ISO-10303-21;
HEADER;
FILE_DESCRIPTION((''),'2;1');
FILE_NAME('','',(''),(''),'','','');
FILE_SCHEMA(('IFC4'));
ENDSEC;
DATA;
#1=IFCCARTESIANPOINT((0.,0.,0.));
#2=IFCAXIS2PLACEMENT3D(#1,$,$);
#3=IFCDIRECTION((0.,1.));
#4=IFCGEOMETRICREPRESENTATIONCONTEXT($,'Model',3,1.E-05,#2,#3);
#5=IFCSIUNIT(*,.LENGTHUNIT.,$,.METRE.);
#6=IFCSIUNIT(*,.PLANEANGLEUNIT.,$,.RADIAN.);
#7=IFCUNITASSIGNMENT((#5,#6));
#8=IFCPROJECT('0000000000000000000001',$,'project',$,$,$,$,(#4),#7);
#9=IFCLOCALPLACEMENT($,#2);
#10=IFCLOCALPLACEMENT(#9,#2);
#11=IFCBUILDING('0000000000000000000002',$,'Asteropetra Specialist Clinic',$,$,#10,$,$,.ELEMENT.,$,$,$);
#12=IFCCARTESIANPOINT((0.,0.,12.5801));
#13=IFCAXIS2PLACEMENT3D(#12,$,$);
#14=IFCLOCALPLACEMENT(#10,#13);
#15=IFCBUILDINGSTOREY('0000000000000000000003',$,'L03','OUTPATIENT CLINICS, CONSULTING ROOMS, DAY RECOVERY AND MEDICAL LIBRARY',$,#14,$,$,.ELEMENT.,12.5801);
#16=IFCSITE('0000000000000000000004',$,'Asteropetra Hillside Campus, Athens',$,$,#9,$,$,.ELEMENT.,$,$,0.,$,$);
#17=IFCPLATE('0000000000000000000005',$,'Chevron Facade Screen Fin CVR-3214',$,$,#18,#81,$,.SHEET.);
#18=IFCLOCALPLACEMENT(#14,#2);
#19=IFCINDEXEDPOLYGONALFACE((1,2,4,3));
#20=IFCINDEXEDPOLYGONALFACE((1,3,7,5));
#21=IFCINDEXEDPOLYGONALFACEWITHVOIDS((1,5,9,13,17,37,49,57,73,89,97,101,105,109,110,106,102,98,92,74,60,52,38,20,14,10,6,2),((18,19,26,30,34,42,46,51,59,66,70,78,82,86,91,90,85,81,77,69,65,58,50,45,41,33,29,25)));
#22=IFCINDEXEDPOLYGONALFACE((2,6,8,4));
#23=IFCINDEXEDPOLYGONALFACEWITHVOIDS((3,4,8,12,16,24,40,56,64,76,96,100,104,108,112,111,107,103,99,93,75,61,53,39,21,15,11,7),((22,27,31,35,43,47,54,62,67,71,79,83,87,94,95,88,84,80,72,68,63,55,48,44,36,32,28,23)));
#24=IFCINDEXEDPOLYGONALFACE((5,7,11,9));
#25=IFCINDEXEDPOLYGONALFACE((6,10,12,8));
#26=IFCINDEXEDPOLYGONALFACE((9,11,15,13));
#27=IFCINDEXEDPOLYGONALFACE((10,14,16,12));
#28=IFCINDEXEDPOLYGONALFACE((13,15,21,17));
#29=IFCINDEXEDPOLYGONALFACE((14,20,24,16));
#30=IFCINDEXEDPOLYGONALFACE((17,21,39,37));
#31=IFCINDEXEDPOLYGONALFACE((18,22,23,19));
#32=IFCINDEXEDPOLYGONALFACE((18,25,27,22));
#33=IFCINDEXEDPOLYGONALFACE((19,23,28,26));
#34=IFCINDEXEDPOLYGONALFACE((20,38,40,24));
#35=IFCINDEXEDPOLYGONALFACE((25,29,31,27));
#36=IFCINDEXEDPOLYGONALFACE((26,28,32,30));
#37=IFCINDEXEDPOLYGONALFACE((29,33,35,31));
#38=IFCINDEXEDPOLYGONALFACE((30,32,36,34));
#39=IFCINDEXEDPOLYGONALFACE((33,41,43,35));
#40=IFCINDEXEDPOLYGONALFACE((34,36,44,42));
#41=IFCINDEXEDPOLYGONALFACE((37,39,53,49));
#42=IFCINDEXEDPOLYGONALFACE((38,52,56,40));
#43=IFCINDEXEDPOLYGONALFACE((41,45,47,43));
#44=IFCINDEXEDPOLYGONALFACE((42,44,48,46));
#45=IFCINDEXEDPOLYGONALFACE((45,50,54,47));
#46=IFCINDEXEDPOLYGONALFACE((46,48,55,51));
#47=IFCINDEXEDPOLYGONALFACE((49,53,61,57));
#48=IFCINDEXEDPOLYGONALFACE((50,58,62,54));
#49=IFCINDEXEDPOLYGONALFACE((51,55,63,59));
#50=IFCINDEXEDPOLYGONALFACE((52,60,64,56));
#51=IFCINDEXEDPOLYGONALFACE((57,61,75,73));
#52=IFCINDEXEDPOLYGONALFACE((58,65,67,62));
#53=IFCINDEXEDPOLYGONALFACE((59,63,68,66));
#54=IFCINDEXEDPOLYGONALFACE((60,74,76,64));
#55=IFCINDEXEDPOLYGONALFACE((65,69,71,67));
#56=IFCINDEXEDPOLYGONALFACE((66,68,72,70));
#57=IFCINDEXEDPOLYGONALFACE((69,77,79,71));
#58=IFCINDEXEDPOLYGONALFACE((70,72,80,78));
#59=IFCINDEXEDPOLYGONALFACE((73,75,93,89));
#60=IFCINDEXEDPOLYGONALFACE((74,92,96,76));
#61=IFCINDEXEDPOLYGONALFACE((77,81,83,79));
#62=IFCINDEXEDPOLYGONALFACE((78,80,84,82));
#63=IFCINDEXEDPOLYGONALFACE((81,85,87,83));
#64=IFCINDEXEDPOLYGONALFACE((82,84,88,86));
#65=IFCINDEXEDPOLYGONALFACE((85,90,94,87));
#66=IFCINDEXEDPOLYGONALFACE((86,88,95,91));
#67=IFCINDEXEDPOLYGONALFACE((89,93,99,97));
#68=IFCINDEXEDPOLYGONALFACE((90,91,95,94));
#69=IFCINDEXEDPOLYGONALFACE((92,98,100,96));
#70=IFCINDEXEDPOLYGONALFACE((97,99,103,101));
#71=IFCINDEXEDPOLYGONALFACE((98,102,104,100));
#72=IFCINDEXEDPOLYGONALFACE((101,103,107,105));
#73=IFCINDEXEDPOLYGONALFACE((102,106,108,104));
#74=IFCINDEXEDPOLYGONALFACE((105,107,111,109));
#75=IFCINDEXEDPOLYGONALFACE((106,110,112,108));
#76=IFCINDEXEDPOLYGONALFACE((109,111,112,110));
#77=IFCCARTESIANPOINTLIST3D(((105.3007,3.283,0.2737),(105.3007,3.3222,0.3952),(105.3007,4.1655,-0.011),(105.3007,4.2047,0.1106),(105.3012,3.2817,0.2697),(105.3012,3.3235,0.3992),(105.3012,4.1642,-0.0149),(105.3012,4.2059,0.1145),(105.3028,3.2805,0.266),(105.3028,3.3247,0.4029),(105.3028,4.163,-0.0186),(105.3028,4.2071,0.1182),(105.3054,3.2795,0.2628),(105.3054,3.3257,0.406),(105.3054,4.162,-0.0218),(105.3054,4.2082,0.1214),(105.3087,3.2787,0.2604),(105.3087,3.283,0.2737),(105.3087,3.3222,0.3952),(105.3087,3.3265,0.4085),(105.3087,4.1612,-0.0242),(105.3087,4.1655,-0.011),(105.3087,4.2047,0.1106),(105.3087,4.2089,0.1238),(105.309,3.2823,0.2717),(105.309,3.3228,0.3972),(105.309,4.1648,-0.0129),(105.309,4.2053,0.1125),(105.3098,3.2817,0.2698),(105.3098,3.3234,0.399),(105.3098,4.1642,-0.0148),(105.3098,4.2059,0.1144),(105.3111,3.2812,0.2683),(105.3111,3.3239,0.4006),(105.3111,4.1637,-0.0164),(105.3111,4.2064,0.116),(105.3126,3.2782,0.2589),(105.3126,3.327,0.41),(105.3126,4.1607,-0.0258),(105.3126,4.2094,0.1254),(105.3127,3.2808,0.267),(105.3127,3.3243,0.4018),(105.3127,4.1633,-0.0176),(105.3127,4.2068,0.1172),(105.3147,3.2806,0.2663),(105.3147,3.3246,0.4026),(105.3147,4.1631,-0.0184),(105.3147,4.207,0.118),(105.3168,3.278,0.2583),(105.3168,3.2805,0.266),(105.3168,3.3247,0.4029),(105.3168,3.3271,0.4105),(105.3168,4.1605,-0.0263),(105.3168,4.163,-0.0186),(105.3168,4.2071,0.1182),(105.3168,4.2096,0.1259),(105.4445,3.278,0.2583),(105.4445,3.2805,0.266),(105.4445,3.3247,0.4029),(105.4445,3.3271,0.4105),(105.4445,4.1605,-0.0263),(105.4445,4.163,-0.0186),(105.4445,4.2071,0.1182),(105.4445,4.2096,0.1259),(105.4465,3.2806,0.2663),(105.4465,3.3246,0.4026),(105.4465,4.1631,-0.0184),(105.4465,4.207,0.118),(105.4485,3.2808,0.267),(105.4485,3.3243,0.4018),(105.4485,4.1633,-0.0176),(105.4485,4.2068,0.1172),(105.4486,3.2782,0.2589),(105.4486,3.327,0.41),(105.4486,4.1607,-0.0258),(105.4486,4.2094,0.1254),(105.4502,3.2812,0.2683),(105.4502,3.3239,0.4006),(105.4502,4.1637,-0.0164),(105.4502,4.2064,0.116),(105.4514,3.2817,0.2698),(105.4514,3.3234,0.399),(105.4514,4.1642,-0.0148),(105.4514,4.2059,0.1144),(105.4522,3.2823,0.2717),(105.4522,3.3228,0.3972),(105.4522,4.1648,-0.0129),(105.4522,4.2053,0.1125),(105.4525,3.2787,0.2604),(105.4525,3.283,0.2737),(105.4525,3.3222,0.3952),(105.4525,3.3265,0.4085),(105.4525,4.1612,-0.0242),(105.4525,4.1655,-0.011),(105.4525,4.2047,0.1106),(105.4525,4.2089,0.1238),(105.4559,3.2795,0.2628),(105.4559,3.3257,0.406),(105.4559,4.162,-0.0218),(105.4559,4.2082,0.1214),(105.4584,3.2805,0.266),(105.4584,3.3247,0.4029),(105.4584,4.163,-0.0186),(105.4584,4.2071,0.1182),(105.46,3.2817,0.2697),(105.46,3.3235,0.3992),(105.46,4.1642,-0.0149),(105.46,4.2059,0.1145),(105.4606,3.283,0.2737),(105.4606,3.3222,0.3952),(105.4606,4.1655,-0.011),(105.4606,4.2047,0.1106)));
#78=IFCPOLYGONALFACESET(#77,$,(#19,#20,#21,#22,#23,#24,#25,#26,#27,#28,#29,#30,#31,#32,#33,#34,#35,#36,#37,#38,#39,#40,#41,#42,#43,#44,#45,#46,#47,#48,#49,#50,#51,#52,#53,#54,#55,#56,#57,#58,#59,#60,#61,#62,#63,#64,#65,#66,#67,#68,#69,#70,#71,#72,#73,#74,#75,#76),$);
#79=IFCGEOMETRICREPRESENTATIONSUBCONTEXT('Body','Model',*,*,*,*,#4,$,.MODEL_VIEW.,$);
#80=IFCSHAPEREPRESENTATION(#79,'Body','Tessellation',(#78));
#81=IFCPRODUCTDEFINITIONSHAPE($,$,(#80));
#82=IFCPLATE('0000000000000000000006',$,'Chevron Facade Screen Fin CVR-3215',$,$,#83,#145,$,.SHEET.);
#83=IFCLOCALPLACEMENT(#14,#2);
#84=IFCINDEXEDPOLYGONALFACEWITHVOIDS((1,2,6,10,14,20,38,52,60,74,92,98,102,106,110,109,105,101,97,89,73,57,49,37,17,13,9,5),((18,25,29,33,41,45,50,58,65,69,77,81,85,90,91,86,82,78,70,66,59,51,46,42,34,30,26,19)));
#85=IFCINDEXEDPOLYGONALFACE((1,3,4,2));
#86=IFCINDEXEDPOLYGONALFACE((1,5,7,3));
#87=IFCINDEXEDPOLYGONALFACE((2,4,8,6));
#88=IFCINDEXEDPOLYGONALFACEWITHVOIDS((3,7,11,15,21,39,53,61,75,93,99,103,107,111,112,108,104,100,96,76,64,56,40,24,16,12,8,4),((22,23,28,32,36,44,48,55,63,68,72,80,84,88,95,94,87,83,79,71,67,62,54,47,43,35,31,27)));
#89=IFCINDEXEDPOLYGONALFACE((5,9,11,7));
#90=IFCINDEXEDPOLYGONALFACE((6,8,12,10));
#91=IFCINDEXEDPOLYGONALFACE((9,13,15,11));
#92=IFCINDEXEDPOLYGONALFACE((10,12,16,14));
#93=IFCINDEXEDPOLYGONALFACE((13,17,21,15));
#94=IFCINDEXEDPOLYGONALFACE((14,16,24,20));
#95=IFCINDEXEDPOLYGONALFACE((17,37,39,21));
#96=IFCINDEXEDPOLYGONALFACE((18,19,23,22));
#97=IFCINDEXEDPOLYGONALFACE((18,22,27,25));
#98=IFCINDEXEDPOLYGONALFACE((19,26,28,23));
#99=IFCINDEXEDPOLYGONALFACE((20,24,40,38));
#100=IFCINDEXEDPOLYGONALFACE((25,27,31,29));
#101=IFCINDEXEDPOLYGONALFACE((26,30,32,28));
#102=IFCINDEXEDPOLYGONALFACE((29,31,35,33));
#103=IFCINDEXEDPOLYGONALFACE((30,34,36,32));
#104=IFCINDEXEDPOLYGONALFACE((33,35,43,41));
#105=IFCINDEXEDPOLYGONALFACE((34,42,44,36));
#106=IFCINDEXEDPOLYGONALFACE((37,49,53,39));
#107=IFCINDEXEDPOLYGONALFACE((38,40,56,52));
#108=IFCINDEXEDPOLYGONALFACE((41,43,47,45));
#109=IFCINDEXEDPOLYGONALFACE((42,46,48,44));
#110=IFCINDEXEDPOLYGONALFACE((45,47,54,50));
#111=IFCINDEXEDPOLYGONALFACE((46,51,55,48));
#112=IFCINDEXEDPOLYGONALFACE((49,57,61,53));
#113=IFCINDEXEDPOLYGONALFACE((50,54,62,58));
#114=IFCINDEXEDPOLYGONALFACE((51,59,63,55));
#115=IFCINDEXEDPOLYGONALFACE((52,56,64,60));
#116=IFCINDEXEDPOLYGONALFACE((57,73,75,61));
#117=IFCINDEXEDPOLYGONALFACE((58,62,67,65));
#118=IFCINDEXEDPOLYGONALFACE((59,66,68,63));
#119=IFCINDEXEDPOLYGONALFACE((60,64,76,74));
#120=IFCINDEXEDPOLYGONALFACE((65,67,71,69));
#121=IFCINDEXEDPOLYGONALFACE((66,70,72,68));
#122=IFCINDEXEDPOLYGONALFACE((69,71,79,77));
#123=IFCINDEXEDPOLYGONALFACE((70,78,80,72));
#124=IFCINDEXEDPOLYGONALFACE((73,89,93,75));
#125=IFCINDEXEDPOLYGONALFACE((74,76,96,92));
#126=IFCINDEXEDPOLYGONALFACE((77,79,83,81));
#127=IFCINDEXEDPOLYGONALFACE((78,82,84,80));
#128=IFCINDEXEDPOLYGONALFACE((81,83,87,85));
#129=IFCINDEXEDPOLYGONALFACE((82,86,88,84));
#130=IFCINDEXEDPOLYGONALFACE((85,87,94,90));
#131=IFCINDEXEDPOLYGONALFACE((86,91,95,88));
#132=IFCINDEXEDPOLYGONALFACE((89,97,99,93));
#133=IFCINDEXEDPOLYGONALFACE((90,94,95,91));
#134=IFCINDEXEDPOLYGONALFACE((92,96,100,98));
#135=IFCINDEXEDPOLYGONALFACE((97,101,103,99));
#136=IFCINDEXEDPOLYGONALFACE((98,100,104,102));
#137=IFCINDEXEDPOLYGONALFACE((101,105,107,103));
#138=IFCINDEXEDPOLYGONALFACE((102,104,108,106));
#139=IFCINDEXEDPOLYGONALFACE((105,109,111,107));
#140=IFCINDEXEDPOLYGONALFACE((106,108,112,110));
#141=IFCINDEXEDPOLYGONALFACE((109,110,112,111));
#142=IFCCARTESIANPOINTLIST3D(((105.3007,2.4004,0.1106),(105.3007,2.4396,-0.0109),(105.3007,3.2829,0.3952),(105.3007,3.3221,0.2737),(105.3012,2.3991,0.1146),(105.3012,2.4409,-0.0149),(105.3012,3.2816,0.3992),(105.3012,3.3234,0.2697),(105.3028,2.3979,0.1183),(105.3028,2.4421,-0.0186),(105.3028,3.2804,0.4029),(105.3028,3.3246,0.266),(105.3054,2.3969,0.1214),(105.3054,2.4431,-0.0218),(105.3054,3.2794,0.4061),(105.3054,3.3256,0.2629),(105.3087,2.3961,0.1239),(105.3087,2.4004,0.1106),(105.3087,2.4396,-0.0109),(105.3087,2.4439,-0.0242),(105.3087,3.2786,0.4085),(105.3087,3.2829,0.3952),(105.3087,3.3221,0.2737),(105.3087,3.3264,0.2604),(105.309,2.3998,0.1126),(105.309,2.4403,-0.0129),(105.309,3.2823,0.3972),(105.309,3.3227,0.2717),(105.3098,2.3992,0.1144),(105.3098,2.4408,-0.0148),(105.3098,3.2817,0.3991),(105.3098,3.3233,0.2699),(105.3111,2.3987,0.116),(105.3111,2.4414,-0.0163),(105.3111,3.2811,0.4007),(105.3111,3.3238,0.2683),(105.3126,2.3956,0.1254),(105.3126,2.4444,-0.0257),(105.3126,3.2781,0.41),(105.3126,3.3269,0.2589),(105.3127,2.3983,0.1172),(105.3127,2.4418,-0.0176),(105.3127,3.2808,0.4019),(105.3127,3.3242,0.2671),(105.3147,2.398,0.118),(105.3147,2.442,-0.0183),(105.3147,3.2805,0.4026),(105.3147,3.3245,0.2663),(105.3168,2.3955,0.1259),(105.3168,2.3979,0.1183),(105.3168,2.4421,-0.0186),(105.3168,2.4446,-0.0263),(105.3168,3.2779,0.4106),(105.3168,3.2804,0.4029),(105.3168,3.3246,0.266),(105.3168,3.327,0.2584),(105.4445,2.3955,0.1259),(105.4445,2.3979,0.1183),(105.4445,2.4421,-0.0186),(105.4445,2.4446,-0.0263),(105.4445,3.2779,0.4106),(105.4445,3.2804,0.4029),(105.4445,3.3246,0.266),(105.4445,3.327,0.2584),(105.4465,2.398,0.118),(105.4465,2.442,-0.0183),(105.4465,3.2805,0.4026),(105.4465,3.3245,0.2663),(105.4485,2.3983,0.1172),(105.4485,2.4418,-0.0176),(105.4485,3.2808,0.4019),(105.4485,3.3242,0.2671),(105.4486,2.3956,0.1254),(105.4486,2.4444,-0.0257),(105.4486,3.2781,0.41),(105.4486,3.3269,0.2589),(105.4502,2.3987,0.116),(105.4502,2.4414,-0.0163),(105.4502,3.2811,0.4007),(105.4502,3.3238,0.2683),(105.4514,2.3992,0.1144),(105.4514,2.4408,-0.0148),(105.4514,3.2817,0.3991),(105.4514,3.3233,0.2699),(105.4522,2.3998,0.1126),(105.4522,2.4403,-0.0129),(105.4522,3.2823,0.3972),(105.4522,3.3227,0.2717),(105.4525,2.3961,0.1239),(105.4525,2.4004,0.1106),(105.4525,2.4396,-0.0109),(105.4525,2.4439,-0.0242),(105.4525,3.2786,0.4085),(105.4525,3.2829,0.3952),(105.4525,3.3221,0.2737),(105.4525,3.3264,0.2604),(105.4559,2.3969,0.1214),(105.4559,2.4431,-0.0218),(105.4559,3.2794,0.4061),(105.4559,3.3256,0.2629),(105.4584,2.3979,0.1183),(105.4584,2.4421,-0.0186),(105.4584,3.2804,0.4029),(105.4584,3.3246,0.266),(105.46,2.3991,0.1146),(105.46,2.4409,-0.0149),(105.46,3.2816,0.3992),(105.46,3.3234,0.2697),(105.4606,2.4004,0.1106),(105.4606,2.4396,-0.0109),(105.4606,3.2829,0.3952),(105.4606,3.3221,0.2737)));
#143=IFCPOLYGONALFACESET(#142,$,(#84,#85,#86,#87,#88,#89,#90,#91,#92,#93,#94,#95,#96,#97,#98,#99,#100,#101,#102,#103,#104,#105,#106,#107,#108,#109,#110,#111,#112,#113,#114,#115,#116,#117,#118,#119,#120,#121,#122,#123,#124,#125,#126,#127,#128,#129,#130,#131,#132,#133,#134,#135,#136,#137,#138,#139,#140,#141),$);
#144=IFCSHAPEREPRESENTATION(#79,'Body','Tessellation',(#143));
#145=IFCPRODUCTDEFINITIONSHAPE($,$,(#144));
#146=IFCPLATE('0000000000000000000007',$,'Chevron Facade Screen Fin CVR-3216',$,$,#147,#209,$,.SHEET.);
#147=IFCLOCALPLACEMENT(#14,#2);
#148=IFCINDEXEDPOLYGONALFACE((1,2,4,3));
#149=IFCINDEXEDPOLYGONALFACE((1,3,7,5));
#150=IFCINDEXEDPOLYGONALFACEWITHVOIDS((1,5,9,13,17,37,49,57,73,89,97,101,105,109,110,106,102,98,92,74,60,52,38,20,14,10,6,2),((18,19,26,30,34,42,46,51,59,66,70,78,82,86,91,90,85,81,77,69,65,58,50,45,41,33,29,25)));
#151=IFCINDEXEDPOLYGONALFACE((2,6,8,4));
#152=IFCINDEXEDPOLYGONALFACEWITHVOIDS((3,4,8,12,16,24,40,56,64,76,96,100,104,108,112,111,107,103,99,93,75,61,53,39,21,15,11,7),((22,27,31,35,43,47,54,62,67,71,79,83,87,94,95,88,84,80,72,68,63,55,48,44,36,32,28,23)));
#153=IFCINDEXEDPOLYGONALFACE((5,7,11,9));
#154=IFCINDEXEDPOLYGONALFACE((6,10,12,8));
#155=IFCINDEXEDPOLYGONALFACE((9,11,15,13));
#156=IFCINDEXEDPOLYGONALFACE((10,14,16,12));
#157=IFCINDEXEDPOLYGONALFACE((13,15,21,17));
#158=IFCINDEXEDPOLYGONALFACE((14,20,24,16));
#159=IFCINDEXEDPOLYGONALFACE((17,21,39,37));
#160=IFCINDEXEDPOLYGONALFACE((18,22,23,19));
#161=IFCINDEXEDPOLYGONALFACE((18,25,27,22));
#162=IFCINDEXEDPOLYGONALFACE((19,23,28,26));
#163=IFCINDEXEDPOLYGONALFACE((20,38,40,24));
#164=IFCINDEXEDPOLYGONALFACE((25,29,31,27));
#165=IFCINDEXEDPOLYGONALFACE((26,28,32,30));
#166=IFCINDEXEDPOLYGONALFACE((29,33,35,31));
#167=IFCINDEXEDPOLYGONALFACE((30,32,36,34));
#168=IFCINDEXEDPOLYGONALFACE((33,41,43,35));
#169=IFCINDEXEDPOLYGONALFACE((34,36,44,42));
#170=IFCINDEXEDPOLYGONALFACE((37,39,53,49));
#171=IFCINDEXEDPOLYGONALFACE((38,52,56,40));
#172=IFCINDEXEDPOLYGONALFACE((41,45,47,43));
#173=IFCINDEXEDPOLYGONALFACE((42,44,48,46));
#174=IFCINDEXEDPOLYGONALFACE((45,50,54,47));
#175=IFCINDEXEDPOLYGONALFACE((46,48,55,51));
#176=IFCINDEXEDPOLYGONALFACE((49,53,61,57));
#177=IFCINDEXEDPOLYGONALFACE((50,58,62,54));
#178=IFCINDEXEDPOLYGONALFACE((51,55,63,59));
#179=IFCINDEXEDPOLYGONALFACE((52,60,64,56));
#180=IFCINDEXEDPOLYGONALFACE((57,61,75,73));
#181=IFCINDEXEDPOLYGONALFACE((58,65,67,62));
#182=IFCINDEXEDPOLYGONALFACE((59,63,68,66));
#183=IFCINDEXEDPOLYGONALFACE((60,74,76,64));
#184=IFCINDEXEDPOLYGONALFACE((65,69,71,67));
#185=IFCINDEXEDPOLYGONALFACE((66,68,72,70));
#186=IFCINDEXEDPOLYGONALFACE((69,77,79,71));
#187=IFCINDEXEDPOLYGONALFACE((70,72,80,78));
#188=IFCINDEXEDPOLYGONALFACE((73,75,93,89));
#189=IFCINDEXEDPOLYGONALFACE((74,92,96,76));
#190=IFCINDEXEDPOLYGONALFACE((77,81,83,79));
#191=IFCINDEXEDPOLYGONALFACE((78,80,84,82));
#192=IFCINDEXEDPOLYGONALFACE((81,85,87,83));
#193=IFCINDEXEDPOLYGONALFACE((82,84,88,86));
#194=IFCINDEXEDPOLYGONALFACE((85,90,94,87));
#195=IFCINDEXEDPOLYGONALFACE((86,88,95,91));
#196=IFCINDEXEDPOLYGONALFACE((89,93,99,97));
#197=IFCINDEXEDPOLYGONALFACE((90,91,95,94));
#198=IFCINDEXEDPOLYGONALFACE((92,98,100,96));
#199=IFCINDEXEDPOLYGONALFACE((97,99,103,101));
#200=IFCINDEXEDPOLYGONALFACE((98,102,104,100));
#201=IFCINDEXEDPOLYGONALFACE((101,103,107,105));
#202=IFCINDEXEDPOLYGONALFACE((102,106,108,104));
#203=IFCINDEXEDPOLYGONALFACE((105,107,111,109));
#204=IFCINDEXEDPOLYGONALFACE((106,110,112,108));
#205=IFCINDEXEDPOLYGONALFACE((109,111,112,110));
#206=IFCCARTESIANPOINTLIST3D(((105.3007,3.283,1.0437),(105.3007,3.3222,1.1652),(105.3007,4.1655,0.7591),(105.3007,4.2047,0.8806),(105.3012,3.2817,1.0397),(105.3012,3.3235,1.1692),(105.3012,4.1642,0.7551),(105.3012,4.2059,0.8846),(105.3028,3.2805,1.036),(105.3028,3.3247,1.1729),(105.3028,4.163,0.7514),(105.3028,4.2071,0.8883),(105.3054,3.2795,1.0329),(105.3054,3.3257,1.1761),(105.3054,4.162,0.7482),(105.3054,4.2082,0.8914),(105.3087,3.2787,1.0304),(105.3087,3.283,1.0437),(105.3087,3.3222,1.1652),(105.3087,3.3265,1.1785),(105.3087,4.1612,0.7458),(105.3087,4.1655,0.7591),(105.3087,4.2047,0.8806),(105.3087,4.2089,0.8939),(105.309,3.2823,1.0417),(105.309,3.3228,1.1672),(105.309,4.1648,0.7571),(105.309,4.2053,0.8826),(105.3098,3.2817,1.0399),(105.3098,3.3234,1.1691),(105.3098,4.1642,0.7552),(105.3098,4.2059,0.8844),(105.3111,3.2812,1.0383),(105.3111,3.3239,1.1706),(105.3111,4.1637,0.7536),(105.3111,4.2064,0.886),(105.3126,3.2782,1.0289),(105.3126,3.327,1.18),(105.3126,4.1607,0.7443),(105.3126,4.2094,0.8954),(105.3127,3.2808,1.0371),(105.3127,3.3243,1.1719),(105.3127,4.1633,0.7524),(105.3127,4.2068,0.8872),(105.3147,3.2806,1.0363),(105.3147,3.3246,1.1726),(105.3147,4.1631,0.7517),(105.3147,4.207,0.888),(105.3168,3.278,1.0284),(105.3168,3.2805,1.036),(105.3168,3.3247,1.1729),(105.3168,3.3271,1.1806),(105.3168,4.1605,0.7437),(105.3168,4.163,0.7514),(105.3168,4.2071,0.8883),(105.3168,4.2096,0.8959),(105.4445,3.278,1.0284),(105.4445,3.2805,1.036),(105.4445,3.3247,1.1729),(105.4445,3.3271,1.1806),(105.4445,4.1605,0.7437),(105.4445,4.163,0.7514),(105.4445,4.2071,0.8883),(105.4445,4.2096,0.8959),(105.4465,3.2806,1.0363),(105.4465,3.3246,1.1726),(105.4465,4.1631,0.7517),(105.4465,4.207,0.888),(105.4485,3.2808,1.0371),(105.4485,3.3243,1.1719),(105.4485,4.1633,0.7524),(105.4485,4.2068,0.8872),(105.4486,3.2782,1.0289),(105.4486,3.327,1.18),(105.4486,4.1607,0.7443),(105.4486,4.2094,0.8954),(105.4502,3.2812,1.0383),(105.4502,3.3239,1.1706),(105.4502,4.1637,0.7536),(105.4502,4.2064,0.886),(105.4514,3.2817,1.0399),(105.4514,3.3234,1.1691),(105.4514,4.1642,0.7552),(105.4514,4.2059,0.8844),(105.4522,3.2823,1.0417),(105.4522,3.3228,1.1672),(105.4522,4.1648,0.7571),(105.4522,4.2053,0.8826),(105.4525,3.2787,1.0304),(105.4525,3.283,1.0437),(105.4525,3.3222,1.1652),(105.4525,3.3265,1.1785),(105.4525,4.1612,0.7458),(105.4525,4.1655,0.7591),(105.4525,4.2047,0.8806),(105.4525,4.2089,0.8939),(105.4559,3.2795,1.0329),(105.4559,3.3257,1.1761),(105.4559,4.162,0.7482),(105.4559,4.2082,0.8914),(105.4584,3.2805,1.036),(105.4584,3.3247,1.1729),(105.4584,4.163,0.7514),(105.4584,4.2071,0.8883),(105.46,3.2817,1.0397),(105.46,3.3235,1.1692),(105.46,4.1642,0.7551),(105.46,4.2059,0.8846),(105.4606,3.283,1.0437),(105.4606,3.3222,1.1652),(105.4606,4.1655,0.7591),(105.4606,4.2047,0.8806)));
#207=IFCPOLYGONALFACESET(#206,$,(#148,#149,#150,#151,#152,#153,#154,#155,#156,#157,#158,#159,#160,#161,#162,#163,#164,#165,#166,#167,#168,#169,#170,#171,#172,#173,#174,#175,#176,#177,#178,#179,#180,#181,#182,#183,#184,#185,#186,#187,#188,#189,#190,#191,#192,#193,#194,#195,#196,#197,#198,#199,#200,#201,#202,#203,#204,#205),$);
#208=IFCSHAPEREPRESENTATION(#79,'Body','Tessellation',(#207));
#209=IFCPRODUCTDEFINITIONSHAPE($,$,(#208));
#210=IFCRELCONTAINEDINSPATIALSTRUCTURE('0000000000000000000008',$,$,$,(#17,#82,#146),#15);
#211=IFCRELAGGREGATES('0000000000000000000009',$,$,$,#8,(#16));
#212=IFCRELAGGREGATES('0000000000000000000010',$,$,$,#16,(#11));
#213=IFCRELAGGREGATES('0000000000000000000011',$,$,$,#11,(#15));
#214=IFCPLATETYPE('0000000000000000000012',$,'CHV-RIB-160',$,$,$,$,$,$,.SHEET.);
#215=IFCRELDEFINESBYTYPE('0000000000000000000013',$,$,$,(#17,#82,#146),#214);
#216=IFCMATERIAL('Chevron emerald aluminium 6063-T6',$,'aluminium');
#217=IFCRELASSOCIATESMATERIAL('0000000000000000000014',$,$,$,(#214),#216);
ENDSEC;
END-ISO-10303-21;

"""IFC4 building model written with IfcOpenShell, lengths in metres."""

from ifc_helpers import new_model, si_unit, direction, frame, origin, origin_2d, place, context, subcontext, project, spatial, hollow_rectangle, extrude, material, material_profile, profile_set, type_object, element, save


model = new_model("IFC4")

# Units and contexts
model_context = context("Model", 3, precision=1e-05, world=origin(), true_north=direction((0.0, 1.0)))
body_context = subcontext(model_context, "Body", "Model", "MODEL_VIEW")
ifc_project = project(units=[si_unit("LENGTHUNIT", "METRE"), si_unit("PLANEANGLEUNIT", "RADIAN")], contexts=[model_context])

# Site, building, storey
site_placement = place(None, origin())
site = spatial("IfcSite", under=ifc_project, at=site_placement, Name="Asteropetra Hillside Campus, Athens", CompositionType="ELEMENT", RefElevation=0.0)
building_placement = place(site_placement, origin())
building = spatial("IfcBuilding", under=site, at=building_placement, Name="Asteropetra Specialist Clinic", CompositionType="ELEMENT")
storey_placement = place(building_placement, frame((0.0, 0.0, 12.5801)))
storey = spatial("IfcBuildingStorey", under=building, at=storey_placement, Name="L03", Description="OUTPATIENT CLINICS, CONSULTING ROOMS, DAY RECOVERY AND MEDICAL LIBRARY", CompositionType="ELEMENT", Elevation=12.5801)

# Plates
ifc_material_1 = material(Name="Chevron emerald aluminium 6063-T6", Category="aluminium")
ifc_material_profile = material_profile(ifc_material_1, hollow_rectangle(XDim=0.1599, YDim=0.1599, WallThickness=0.0081, InnerFilletRadius=0.0081, OuterFilletRadius=0.0161, at=origin_2d()), Name="SHS 160x160x8.0")
ifc_profile_set = profile_set([ifc_material_profile], Name="Chevron emerald aluminium 6063-T6")
plate_type_1 = type_object("IfcPlateType", Name="CHV-RIB-160", PredefinedType="SHEET", material=ifc_profile_set)
for number, where, z_axis, x_axis, name in (
    (1, (105.3806, 4.1851, 0.0498), (0.0, -0.951719, 0.306972), (1.0, 0.0, 0.0), "Chevron Facade Screen Fin CVR-3214"),
    (2, (105.3806, 3.3025, 0.3345), (0.0, -0.951719, -0.306972), (1.0, 0.0, 0.0), "Chevron Facade Screen Fin CVR-3215"),
    (3, (105.3806, 4.1851, 0.8198), (0.0, -0.951719, 0.306972), (1.0, 0.0, 0.0), "Chevron Facade Screen Fin CVR-3216"),
):
    element("IfcPlate", number, at=place(storey_placement, frame(where, z_axis=z_axis, x_axis=x_axis)), inside=storey, type_object=plate_type_1, Name=name, PredefinedType="SHEET", context=body_context, shape_type="SweptSolid", body=[
        extrude(hollow_rectangle(XDim=0.1599, YDim=0.1599, WallThickness=0.0081, InnerFilletRadius=0.0081, OuterFilletRadius=0.0161, at=origin_2d()), origin(), (0.0, 0.0, 1.0), 0.9272),
    ])

save(model, "model.ifc")
